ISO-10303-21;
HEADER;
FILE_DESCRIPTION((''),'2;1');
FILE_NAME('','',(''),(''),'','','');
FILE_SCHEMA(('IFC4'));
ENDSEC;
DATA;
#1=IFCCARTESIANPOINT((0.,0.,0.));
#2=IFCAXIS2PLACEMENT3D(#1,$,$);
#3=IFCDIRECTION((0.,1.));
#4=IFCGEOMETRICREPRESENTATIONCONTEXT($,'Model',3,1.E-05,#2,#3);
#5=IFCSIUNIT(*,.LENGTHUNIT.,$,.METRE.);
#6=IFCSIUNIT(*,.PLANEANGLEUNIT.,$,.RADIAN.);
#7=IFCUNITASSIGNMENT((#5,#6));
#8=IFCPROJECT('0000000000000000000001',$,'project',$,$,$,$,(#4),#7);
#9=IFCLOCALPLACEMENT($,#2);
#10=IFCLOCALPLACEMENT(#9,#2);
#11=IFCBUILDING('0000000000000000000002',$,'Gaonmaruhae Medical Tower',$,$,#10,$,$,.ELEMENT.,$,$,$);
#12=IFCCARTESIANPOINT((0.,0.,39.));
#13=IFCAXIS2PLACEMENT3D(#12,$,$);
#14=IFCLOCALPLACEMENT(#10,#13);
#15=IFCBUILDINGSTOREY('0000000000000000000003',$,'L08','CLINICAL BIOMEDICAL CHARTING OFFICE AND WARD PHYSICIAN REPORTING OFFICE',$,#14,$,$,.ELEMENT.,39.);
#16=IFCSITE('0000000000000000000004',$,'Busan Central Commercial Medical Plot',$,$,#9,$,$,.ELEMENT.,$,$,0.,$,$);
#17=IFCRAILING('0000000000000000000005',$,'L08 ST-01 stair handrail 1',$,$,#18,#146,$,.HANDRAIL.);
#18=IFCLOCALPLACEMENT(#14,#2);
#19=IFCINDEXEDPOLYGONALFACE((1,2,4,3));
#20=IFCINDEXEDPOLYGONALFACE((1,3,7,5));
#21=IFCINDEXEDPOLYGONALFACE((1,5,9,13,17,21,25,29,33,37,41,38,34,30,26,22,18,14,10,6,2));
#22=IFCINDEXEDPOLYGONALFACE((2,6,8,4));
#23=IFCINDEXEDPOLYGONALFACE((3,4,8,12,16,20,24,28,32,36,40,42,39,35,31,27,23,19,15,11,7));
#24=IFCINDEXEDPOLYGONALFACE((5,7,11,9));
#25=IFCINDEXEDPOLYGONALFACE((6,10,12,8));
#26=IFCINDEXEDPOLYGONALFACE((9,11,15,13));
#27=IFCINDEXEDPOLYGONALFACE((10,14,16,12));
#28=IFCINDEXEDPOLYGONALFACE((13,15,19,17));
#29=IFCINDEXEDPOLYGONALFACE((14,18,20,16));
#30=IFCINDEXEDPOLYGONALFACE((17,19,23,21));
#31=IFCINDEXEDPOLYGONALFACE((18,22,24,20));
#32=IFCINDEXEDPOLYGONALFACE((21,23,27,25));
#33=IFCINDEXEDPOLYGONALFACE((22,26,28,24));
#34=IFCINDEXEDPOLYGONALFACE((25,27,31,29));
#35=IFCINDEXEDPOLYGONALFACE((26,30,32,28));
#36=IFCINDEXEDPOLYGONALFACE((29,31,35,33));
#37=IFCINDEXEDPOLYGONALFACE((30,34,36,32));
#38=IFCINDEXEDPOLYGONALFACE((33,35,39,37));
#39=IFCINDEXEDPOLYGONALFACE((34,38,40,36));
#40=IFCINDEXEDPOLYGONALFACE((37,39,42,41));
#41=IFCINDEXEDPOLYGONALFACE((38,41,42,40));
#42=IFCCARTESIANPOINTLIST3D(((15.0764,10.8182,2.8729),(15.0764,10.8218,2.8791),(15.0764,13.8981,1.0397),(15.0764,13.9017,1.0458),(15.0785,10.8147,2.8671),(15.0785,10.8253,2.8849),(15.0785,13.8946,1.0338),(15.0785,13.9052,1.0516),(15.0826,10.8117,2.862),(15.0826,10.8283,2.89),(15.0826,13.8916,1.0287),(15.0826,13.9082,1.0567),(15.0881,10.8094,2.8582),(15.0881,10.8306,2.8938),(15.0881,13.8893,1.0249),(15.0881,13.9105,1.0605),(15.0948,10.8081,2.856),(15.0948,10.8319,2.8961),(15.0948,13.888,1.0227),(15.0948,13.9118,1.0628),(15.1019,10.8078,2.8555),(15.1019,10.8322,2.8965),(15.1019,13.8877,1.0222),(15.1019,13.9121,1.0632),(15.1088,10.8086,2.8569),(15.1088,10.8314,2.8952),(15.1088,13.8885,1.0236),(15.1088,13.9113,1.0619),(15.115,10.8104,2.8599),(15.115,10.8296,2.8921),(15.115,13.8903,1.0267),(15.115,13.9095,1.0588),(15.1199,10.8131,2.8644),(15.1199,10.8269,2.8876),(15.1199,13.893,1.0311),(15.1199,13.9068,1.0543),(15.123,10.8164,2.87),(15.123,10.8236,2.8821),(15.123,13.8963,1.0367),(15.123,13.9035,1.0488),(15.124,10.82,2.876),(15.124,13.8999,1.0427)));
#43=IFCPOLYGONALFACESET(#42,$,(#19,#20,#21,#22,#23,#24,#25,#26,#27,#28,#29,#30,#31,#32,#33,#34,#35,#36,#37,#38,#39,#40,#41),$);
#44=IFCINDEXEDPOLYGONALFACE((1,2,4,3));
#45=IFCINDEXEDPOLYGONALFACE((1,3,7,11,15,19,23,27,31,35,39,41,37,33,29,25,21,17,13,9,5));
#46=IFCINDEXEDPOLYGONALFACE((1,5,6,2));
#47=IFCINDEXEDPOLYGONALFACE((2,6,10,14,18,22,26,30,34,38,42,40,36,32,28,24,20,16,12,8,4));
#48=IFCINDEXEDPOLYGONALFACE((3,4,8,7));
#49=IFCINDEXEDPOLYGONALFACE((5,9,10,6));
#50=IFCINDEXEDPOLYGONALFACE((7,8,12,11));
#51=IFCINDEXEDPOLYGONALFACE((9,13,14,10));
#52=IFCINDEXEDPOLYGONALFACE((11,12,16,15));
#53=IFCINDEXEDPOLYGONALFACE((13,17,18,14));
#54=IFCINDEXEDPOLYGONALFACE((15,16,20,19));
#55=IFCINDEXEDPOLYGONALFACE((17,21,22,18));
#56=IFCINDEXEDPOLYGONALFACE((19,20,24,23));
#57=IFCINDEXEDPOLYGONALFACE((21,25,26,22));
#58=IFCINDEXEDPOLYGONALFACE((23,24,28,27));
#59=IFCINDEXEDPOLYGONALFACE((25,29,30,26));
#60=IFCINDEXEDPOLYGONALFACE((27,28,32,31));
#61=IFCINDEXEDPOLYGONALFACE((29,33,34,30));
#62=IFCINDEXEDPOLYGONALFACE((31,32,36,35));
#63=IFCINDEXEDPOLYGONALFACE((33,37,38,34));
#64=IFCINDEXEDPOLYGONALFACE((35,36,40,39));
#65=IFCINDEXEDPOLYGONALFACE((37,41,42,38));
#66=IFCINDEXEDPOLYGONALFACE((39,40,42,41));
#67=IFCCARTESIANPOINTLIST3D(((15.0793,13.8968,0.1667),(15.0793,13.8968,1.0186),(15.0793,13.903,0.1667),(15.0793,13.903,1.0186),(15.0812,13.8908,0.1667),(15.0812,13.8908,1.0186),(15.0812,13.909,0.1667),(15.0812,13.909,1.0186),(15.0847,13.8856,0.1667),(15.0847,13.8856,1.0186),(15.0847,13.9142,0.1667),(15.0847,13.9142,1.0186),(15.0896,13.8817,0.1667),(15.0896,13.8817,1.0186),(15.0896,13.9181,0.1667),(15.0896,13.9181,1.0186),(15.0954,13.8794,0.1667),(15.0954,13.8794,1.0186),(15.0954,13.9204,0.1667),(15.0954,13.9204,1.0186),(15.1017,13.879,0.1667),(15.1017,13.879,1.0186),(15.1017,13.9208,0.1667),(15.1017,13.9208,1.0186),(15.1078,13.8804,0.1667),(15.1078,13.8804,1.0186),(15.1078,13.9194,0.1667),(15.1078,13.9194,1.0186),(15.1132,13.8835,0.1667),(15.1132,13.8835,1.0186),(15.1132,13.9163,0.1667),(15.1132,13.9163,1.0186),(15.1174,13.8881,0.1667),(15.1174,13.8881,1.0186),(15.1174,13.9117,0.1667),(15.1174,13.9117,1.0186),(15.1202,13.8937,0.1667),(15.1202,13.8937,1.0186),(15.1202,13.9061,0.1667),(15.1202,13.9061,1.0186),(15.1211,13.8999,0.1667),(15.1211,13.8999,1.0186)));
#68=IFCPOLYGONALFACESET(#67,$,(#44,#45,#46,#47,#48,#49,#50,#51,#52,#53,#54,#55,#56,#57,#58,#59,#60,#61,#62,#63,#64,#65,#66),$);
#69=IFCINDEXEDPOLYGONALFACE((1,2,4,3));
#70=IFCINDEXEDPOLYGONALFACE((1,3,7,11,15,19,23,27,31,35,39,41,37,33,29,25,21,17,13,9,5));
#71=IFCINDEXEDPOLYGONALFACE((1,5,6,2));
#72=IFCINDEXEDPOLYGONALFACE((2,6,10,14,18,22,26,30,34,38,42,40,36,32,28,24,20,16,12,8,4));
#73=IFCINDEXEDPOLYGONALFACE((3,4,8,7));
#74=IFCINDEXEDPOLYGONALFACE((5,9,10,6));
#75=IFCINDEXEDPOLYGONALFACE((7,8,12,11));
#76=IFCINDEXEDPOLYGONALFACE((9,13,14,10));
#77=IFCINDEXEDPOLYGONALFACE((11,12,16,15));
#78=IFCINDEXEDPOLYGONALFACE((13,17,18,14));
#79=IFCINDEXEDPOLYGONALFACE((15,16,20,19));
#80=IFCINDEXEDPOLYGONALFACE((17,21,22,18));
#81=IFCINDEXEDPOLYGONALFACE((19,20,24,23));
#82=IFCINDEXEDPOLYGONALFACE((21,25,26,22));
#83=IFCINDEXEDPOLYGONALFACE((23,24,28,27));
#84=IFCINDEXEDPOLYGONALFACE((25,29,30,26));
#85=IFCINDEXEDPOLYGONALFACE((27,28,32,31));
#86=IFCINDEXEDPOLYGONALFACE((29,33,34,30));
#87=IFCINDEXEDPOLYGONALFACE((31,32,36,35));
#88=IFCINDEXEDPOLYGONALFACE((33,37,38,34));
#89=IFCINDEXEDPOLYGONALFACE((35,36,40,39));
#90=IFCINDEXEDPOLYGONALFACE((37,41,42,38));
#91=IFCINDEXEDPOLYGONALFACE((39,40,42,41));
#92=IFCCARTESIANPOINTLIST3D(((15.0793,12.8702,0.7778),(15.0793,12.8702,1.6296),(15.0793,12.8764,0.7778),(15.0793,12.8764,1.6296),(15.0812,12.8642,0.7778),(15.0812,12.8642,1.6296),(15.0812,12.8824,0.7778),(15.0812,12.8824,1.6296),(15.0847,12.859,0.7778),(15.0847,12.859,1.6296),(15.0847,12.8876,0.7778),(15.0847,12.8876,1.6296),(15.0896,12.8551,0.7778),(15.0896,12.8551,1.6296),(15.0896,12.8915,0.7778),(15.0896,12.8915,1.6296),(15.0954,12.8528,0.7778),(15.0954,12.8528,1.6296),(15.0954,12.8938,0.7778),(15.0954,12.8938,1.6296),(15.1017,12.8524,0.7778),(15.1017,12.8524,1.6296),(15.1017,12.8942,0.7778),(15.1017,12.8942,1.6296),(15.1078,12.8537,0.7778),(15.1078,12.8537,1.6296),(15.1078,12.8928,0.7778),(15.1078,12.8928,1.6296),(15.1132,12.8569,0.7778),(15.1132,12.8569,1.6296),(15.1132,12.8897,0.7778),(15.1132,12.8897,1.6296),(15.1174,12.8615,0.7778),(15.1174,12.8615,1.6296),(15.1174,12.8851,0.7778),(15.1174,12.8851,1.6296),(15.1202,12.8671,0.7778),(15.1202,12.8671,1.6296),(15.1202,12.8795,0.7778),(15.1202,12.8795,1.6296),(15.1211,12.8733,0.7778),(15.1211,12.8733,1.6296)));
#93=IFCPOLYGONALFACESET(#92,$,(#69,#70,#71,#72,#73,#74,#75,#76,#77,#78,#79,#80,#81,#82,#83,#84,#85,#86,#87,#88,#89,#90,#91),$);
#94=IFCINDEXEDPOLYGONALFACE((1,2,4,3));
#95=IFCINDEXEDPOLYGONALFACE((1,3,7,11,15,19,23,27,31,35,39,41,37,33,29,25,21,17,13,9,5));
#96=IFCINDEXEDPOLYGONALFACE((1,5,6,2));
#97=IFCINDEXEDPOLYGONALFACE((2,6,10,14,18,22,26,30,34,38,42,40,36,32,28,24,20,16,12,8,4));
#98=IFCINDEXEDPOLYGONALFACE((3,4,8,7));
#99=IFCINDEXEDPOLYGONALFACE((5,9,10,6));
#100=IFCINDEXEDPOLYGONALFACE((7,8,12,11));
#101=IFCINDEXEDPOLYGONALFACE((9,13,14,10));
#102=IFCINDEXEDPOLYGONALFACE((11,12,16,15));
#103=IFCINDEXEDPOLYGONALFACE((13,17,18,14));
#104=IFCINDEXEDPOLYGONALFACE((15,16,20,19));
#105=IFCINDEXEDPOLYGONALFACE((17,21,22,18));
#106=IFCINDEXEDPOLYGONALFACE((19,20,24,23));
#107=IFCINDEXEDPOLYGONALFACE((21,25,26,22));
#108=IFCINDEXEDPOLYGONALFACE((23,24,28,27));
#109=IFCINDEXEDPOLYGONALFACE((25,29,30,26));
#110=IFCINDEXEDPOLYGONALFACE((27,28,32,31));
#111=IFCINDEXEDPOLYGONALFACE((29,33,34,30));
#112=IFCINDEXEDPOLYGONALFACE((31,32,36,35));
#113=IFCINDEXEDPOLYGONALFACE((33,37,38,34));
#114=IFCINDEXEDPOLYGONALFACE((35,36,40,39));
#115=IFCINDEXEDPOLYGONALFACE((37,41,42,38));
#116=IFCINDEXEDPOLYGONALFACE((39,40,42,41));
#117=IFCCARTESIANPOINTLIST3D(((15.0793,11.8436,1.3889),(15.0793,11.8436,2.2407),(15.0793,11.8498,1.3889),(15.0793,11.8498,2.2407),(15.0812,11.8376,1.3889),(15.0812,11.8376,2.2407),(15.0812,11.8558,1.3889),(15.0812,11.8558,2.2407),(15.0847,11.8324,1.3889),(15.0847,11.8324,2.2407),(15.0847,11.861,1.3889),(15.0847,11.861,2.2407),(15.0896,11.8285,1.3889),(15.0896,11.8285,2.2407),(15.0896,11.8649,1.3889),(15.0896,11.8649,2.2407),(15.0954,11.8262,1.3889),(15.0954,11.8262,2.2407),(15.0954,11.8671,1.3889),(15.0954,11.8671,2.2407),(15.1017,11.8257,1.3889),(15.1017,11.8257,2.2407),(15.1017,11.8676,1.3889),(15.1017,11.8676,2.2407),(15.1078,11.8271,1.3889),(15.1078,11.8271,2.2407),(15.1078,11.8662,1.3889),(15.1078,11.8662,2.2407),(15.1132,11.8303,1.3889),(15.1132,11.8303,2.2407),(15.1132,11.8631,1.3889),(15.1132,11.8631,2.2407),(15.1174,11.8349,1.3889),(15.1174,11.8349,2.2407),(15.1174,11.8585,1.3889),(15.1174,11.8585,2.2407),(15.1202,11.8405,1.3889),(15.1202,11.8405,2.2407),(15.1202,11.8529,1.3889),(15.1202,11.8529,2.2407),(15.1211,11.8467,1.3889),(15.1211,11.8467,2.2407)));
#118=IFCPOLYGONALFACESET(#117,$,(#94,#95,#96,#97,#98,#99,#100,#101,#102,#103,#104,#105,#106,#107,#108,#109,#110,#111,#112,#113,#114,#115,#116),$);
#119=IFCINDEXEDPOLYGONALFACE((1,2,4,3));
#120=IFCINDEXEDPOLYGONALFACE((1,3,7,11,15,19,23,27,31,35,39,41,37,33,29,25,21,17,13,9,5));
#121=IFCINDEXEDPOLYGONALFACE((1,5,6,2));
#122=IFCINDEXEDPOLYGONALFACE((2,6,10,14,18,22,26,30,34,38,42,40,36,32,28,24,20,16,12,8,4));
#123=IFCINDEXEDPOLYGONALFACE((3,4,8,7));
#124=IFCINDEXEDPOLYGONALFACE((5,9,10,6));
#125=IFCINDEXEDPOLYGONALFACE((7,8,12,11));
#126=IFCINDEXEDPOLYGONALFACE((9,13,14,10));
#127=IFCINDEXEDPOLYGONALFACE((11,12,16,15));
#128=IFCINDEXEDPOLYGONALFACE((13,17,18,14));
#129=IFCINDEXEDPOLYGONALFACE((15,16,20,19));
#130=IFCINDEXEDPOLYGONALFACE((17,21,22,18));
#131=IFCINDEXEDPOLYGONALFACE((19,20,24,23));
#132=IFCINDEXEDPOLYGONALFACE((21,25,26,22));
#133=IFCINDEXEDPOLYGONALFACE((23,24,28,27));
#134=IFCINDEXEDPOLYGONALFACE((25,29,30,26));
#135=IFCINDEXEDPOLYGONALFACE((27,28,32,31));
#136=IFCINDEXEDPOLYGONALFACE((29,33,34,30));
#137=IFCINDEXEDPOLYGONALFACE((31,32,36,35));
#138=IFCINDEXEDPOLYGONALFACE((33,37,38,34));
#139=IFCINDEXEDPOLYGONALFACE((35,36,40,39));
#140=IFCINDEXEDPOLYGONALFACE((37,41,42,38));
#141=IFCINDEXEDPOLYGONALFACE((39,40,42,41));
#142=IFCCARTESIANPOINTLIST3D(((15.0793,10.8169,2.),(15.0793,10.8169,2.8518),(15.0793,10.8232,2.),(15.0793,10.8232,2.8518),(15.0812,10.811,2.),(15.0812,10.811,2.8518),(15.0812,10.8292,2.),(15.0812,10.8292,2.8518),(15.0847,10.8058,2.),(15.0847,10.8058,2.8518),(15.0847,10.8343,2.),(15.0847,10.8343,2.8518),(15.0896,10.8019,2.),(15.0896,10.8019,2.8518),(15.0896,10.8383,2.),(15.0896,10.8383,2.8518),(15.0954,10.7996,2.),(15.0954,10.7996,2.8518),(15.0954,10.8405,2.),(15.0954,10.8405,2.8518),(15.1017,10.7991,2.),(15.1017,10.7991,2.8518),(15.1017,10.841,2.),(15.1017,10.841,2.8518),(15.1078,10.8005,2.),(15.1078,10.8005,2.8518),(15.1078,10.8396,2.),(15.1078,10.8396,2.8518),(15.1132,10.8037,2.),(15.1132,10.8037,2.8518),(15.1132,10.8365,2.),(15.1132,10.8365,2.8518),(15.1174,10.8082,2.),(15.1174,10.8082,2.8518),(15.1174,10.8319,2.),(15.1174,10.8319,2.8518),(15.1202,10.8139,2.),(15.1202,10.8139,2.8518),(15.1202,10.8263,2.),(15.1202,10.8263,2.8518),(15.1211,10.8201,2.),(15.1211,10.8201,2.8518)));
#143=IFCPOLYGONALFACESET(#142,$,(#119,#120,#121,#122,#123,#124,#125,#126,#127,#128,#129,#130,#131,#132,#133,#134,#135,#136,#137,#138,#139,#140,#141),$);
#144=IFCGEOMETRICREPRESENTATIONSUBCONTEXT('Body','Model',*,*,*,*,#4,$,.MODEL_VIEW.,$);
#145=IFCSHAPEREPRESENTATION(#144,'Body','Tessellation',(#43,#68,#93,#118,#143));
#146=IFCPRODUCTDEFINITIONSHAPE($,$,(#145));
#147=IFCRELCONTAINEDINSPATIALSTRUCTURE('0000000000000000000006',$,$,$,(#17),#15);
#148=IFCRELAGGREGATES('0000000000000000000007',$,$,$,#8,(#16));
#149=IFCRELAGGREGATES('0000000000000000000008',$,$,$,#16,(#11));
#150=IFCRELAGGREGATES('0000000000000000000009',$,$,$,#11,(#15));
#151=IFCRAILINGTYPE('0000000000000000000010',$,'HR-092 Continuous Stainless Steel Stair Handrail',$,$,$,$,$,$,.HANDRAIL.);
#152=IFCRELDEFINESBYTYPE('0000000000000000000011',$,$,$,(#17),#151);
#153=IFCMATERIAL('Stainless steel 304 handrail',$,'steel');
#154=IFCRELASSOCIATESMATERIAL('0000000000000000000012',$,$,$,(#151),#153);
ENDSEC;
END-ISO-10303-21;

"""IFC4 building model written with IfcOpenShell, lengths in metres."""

from ifc_helpers import new_model, si_unit, direction, frame, origin, origin_2d, place, context, subcontext, project, spatial, circle, extrude, material, type_object, element, save


model = new_model("IFC4")

# Units and contexts
model_context = context("Model", 3, precision=1e-05, world=origin(), true_north=direction((0.0, 1.0)))
body_context = subcontext(model_context, "Body", "Model", "MODEL_VIEW")
ifc_project = project(units=[si_unit("LENGTHUNIT", "METRE"), si_unit("PLANEANGLEUNIT", "RADIAN")], contexts=[model_context])

# Site, building, storey
site_placement = place(None, origin())
site = spatial("IfcSite", under=ifc_project, at=site_placement, Name="Busan Central Commercial Medical Plot", CompositionType="ELEMENT", RefElevation=0.0)
building_placement = place(site_placement, origin())
building = spatial("IfcBuilding", under=site, at=building_placement, Name="Gaonmaruhae Medical Tower", CompositionType="ELEMENT")
storey_placement = place(building_placement, frame((0.0, 0.0, 39.0)))
storey = spatial("IfcBuildingStorey", under=building, at=storey_placement, Name="L08", Description="CLINICAL BIOMEDICAL CHARTING OFFICE AND WARD PHYSICIAN REPORTING OFFICE", CompositionType="ELEMENT", Elevation=39.0)

# Railing
ifc_material_1 = material(Name="Stainless steel 304 handrail", Category="steel")
railing_type_1 = type_object("IfcRailingType", Name="HR-092 Continuous Stainless Steel Stair Handrail", PredefinedType="HANDRAIL", material=ifc_material_1)
railing_1_placement = place(storey_placement, frame((15.1001, 13.8999, 0.1667)))
element("IfcRailing", 1, at=railing_1_placement, inside=storey, type_object=railing_type_1, Name="L08 ST-01 stair handrail 1", PredefinedType="HANDRAIL", context=body_context, shape_type="SweptSolid", body=[
    extrude(circle(Radius=0.0239, at=origin_2d()), frame((0.0, 0.0, 0.876), z_axis=(0.0, -0.859291, 0.511487), x_axis=(1.0, 0.0, 0.0)), (0.0, 0.0, 1.0), 3.5842),
    extrude(circle(Radius=0.021, at=origin_2d()), origin(), (0.0, 0.0, 1.0), 0.8518),
    extrude(circle(Radius=0.021, at=origin_2d()), frame((0.0, -1.0266, 0.6111)), (0.0, 0.0, 1.0), 0.8518),
    extrude(circle(Radius=0.021, at=origin_2d()), frame((0.0, -2.0532, 1.2222)), (0.0, 0.0, 1.0), 0.8518),
    extrude(circle(Radius=0.021, at=origin_2d()), frame((0.0, -3.0798, 1.8333)), (0.0, 0.0, 1.0), 0.8518),
])

save(model, "model.ifc")
